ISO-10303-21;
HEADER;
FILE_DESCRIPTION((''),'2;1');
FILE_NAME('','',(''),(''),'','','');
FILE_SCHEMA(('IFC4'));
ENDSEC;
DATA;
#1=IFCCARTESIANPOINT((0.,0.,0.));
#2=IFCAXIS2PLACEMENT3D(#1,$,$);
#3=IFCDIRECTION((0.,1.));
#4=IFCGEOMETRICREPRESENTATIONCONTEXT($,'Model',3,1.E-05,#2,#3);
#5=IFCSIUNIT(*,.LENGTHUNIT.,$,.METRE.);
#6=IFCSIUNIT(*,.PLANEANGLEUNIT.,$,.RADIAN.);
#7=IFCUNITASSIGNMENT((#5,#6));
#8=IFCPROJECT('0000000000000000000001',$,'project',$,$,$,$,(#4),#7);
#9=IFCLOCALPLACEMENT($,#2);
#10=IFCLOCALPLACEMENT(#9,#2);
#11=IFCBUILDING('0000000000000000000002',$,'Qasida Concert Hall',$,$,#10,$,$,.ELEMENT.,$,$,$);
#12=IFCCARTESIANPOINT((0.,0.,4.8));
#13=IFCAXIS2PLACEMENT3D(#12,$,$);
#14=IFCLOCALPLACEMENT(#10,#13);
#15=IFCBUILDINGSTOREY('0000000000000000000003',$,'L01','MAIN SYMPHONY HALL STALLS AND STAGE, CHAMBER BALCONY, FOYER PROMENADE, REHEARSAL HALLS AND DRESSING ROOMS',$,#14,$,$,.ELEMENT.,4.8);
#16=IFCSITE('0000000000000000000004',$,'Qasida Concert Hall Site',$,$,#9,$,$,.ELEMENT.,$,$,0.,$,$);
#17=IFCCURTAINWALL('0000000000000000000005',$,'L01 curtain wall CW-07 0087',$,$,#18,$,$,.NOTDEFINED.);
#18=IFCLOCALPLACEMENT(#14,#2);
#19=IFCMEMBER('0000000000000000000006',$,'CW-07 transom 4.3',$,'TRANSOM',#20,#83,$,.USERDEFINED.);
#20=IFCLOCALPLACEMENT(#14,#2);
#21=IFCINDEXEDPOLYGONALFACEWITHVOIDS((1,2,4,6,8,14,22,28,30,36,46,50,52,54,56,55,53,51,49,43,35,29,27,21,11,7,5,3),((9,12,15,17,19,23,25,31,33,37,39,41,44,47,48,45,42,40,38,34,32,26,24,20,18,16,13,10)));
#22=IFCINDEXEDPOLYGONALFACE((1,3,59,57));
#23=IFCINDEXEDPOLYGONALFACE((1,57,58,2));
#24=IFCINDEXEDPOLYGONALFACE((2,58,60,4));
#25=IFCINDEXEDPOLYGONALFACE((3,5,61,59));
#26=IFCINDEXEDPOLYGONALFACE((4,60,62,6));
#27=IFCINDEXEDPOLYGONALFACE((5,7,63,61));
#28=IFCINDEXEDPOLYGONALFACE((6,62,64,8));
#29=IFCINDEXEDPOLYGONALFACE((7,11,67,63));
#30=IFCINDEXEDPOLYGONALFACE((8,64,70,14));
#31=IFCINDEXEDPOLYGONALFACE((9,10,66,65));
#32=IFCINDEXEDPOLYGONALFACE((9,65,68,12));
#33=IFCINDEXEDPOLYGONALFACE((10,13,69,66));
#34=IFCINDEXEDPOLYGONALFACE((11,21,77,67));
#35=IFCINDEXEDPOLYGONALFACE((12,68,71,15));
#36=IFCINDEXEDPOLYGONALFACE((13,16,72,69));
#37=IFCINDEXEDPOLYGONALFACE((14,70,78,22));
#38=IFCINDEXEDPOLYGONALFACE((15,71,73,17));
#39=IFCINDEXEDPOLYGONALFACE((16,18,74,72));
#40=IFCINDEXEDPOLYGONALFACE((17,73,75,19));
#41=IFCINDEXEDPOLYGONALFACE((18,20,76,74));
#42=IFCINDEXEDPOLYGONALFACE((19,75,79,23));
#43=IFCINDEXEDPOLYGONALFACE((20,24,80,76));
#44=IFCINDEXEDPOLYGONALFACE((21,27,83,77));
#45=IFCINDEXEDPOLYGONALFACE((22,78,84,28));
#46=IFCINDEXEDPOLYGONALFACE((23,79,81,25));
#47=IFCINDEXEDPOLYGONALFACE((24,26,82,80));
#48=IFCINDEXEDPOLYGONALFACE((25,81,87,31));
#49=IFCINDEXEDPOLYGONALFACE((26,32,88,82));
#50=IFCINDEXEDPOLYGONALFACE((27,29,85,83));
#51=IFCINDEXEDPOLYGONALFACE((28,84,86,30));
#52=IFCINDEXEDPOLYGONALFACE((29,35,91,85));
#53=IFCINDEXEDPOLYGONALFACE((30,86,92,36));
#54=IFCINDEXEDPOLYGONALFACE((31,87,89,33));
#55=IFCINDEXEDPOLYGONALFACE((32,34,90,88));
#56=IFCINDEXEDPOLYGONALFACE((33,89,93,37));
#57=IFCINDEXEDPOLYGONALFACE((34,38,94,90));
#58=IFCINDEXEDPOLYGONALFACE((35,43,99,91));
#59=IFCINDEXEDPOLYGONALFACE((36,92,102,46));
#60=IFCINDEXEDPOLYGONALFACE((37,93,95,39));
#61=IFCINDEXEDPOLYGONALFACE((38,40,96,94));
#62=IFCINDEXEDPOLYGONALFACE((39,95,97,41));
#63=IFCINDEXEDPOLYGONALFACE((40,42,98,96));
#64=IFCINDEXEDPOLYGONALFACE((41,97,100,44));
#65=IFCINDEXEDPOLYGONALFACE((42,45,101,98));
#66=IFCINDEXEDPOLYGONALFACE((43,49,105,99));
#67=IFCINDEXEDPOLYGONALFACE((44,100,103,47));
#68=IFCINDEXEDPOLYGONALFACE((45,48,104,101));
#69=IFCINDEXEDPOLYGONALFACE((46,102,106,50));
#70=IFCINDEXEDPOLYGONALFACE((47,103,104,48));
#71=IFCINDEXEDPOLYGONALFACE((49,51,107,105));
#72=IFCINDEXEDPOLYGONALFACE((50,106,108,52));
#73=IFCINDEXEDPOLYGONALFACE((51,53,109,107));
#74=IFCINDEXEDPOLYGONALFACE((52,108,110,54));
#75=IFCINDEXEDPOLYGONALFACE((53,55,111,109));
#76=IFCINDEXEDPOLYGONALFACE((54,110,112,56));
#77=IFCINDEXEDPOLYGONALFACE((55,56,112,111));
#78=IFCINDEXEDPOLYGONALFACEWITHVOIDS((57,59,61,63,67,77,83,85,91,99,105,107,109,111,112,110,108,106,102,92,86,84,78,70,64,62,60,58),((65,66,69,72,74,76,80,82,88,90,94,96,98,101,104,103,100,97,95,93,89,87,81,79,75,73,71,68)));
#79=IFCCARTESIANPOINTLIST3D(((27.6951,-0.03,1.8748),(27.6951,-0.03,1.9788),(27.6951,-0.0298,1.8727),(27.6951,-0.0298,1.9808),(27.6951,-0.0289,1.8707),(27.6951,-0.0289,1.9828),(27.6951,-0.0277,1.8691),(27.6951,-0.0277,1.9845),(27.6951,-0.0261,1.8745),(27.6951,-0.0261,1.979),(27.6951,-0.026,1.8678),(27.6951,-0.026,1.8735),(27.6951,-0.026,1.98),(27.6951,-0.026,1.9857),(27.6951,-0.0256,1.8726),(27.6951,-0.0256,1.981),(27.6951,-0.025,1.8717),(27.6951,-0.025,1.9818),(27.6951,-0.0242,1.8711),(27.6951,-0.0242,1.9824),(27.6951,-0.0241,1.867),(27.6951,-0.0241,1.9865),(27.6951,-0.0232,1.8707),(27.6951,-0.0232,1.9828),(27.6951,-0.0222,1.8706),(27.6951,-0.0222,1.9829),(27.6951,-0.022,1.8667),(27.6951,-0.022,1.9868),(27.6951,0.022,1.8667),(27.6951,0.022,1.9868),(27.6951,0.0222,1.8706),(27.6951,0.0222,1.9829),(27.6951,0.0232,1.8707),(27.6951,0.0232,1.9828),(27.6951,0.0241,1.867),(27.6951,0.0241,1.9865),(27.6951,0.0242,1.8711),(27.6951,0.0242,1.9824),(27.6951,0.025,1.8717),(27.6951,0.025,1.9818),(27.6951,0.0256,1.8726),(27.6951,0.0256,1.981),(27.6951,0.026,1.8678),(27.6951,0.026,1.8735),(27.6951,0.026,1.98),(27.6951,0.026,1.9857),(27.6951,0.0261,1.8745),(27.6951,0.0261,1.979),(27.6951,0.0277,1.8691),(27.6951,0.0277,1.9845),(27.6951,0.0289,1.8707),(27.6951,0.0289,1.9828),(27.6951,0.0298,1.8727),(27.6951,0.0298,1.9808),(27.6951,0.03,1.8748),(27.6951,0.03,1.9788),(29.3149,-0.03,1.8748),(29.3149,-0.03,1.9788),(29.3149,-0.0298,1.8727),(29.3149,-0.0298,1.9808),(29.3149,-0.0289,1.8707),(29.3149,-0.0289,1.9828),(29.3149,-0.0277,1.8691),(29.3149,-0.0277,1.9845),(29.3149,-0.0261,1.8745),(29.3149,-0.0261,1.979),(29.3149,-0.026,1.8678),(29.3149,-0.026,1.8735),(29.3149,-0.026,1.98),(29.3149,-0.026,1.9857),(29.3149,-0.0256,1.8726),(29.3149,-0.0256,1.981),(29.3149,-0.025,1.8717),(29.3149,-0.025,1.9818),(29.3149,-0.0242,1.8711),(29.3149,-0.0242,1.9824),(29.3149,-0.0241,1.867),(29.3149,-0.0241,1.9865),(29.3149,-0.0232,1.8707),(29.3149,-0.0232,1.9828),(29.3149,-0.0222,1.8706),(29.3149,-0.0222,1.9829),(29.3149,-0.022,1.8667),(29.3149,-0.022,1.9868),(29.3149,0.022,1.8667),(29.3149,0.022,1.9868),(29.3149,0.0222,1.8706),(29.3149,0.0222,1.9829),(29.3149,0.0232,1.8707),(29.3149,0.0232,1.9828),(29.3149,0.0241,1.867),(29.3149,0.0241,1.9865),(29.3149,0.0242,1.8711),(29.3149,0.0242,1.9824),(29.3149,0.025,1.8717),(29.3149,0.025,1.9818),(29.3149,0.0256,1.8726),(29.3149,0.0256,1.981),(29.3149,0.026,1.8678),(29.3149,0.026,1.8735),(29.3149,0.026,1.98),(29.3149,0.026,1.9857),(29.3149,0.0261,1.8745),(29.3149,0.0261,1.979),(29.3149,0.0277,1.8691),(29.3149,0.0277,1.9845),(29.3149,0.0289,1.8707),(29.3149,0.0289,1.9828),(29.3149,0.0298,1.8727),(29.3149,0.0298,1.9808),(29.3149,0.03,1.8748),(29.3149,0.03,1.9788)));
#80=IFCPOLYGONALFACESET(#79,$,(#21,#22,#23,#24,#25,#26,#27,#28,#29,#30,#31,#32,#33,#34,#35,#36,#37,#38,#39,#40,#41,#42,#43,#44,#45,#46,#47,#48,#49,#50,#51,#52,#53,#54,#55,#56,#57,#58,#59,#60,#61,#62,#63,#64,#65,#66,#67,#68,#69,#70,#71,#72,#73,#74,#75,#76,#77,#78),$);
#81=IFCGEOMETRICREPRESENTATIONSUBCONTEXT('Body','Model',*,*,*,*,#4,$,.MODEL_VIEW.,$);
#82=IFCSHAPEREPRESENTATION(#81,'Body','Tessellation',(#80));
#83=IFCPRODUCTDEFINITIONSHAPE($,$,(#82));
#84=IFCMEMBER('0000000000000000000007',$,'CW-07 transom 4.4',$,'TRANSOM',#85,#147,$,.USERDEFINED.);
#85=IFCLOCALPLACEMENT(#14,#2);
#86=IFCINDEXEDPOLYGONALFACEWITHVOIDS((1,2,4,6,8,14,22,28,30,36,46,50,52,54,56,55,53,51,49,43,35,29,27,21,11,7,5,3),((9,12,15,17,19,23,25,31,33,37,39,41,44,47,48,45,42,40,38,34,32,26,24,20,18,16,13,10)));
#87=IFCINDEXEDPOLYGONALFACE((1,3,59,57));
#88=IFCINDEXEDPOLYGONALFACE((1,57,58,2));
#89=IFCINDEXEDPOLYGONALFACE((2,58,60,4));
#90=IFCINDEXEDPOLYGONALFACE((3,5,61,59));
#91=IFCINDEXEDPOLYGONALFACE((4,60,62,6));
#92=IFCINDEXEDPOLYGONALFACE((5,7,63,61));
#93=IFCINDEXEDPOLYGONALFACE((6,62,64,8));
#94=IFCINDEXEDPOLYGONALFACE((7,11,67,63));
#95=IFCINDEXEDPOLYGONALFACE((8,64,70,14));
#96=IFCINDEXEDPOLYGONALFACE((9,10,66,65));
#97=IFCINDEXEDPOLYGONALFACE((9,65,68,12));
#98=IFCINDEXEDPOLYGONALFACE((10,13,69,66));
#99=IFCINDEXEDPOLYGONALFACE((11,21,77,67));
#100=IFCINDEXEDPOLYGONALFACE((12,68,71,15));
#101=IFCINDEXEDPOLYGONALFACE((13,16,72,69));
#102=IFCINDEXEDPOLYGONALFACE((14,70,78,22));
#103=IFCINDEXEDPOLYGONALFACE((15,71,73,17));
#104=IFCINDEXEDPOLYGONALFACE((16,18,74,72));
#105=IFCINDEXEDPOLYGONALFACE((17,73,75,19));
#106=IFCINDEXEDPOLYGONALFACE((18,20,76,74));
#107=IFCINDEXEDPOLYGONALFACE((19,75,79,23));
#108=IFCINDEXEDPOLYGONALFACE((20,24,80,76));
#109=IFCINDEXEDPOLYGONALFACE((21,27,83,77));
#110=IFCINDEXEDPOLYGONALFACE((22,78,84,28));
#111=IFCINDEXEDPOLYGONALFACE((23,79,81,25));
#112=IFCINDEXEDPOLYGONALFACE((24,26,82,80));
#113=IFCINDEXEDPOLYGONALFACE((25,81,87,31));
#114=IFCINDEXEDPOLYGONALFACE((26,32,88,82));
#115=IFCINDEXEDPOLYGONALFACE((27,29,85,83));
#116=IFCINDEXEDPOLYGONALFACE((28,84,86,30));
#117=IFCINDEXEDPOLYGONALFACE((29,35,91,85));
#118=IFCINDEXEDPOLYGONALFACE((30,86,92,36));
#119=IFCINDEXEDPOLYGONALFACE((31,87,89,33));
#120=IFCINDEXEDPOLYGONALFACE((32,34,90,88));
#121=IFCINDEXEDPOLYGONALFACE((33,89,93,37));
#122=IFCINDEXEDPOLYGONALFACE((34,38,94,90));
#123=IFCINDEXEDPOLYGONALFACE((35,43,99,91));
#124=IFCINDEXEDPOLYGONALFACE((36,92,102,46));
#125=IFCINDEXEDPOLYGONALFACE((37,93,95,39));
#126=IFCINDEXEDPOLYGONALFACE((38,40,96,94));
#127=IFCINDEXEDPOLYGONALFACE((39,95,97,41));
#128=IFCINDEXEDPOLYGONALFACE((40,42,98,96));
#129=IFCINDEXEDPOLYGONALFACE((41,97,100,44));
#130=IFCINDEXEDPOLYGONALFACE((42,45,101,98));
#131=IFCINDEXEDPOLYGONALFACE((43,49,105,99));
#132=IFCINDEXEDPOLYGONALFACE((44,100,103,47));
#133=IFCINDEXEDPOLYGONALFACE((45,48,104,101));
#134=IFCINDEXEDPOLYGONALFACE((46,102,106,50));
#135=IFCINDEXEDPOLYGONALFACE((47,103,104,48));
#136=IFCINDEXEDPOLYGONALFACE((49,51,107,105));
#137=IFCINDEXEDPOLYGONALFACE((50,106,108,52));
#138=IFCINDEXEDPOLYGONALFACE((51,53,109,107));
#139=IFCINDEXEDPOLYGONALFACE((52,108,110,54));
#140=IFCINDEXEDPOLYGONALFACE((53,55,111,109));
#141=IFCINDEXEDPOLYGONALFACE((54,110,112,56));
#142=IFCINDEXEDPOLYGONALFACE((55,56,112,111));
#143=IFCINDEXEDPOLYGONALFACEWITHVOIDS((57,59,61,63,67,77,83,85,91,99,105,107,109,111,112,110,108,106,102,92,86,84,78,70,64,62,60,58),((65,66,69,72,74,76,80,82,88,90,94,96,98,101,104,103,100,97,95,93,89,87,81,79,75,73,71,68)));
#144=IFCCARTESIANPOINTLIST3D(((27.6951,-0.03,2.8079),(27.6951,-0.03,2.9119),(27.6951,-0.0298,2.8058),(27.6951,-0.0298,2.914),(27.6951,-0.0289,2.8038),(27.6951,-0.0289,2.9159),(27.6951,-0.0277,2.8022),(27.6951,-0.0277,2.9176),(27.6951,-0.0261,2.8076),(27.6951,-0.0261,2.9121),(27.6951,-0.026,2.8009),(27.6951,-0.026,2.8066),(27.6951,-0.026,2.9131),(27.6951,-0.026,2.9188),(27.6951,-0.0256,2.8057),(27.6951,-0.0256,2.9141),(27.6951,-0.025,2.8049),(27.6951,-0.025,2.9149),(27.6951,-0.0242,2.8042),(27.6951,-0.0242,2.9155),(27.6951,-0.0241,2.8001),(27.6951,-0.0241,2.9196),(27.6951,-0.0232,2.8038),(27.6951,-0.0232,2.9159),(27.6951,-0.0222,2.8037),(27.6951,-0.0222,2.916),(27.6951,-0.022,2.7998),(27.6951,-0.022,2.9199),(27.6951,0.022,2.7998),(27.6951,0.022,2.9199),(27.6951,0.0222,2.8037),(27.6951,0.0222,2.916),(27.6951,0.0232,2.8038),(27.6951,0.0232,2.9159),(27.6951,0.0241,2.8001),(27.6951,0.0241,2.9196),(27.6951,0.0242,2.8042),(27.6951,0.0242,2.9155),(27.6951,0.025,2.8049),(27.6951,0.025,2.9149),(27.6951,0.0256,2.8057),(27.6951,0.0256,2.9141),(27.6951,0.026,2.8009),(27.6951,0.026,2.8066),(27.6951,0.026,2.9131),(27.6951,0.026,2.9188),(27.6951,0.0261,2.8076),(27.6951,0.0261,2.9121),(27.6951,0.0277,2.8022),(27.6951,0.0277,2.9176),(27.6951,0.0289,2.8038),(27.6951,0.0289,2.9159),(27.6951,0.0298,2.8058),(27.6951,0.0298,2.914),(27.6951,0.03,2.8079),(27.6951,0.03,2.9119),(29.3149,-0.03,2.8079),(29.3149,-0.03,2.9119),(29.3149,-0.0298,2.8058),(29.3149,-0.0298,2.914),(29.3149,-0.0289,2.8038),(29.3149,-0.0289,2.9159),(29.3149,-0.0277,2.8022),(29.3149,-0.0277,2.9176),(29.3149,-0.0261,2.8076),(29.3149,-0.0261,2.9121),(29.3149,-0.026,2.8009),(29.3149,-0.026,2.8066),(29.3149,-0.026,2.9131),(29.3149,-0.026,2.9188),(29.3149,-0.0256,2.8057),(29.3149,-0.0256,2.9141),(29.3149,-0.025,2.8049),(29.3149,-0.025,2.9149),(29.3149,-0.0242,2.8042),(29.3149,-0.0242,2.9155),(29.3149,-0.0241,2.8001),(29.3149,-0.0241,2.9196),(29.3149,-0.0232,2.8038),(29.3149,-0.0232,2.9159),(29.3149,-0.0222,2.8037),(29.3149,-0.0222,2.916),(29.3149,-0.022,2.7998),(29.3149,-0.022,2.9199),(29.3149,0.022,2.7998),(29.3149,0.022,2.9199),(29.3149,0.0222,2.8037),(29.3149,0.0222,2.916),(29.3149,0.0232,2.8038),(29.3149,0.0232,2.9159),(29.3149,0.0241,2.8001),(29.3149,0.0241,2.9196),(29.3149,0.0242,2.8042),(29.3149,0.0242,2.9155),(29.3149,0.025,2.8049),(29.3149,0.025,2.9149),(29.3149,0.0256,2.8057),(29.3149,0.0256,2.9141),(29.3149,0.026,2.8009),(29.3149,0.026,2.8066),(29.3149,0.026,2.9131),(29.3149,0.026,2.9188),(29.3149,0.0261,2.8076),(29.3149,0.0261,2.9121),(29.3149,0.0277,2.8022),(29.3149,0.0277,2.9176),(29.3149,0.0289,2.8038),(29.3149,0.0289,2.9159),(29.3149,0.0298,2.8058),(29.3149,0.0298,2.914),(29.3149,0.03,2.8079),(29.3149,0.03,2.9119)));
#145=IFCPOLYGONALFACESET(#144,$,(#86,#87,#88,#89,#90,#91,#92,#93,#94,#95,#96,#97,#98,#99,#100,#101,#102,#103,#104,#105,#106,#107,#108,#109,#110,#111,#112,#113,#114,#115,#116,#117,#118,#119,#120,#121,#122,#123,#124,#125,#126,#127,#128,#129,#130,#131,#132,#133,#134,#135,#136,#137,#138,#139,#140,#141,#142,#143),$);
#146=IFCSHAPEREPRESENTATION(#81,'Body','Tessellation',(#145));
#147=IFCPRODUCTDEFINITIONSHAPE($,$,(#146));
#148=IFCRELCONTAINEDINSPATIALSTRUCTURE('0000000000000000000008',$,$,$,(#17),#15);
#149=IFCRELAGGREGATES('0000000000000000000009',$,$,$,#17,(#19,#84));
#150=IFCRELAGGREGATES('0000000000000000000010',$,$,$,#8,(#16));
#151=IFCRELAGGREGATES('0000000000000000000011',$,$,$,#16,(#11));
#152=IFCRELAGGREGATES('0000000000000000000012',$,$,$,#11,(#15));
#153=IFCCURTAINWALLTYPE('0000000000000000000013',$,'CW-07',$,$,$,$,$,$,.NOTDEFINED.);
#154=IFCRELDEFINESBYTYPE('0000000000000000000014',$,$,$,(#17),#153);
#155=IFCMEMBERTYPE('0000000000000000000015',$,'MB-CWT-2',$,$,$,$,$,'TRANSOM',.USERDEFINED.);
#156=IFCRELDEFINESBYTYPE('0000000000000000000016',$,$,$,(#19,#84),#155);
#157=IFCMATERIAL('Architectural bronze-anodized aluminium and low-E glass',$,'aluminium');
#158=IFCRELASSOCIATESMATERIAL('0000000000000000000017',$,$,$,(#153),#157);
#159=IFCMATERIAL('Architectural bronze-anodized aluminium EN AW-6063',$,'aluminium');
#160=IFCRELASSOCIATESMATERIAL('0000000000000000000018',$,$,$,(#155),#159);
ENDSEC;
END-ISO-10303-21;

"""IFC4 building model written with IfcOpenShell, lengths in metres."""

from ifc_helpers import new_model, si_unit, direction, frame, origin, origin_2d, place, context, subcontext, project, spatial, hollow_rectangle, extrude, material, material_profile, profile_set, type_object, element, aggregate, save


model = new_model("IFC4")

# Units and contexts
model_context = context("Model", 3, precision=1e-05, world=origin(), true_north=direction((0.0, 1.0)))
body_context = subcontext(model_context, "Body", "Model", "MODEL_VIEW")
ifc_project = project(units=[si_unit("LENGTHUNIT", "METRE"), si_unit("PLANEANGLEUNIT", "RADIAN")], contexts=[model_context])

# Site, building, storey
site_placement = place(None, origin())
site = spatial("IfcSite", under=ifc_project, at=site_placement, Name="Qasida Concert Hall Site", CompositionType="ELEMENT", RefElevation=0.0)
building_placement = place(site_placement, origin())
building = spatial("IfcBuilding", under=site, at=building_placement, Name="Qasida Concert Hall", CompositionType="ELEMENT")
storey_placement = place(building_placement, frame((0.0, 0.0, 4.8)))
storey = spatial("IfcBuildingStorey", under=building, at=storey_placement, Name="L01", Description="MAIN SYMPHONY HALL STALLS AND STAGE, CHAMBER BALCONY, FOYER PROMENADE, REHEARSAL HALLS AND DRESSING ROOMS", CompositionType="ELEMENT", Elevation=4.8)

# Curtain wall
ifc_material_1 = material(Name="Architectural bronze-anodized aluminium and low-E glass", Category="aluminium")
curtain_wall_type = type_object("IfcCurtainWallType", Name="CW-07", PredefinedType="NOTDEFINED", material=ifc_material_1)
curtain_wall_1_placement = place(storey_placement, origin())
curtain_wall_1 = element("IfcCurtainWall", 1, at=curtain_wall_1_placement, inside=storey, type_object=curtain_wall_type, Name="L01 curtain wall CW-07 0087", PredefinedType="NOTDEFINED")
ifc_material_2 = material(Name="Architectural bronze-anodized aluminium EN AW-6063", Category="aluminium")

# Members
ifc_material_profile_1 = material_profile(ifc_material_2, hollow_rectangle(XDim=0.0601, YDim=0.1201, WallThickness=0.0039, InnerFilletRadius=0.0039, OuterFilletRadius=0.0081, at=origin_2d()), Name="CWT 120x60x4")
ifc_profile_set_1 = profile_set([ifc_material_profile_1], Name="Architectural bronze-anodized aluminium EN AW-6063")
member_type_1 = type_object("IfcMemberType", Name="MB-CWT-2", ElementType="TRANSOM", PredefinedType="USERDEFINED", material=ifc_profile_set_1)
member_1_placement = place(storey_placement, frame((27.6951, 0.0, 1.9268), z_axis=(1.0, 0.0, 0.0), x_axis=(0.0, 1.0, 0.0)))
member_1 = element("IfcMember", 2, at=member_1_placement, type_object=member_type_1, Name="CW-07 transom 4.3", ObjectType="TRANSOM", PredefinedType="USERDEFINED", context=body_context, shape_type="SweptSolid", body=[
    extrude(hollow_rectangle(XDim=0.0601, YDim=0.1201, WallThickness=0.0039, InnerFilletRadius=0.0039, OuterFilletRadius=0.0081, at=origin_2d()), origin(), (0.0, 0.0, 1.0), 1.6199),
])
member_2_placement = place(storey_placement, frame((27.6951, 0.0, 2.8599), z_axis=(1.0, 0.0, 0.0), x_axis=(0.0, 1.0, 0.0)))
member_2 = element("IfcMember", 3, at=member_2_placement, type_object=member_type_1, Name="CW-07 transom 4.4", ObjectType="TRANSOM", PredefinedType="USERDEFINED", context=body_context, shape_type="SweptSolid", body=[
    extrude(hollow_rectangle(XDim=0.0601, YDim=0.1201, WallThickness=0.0039, InnerFilletRadius=0.0039, OuterFilletRadius=0.0081, at=origin_2d()), origin(), (0.0, 0.0, 1.0), 1.6199),
])

aggregate(curtain_wall_1, [member_1, member_2])

save(model, "model.ifc")
